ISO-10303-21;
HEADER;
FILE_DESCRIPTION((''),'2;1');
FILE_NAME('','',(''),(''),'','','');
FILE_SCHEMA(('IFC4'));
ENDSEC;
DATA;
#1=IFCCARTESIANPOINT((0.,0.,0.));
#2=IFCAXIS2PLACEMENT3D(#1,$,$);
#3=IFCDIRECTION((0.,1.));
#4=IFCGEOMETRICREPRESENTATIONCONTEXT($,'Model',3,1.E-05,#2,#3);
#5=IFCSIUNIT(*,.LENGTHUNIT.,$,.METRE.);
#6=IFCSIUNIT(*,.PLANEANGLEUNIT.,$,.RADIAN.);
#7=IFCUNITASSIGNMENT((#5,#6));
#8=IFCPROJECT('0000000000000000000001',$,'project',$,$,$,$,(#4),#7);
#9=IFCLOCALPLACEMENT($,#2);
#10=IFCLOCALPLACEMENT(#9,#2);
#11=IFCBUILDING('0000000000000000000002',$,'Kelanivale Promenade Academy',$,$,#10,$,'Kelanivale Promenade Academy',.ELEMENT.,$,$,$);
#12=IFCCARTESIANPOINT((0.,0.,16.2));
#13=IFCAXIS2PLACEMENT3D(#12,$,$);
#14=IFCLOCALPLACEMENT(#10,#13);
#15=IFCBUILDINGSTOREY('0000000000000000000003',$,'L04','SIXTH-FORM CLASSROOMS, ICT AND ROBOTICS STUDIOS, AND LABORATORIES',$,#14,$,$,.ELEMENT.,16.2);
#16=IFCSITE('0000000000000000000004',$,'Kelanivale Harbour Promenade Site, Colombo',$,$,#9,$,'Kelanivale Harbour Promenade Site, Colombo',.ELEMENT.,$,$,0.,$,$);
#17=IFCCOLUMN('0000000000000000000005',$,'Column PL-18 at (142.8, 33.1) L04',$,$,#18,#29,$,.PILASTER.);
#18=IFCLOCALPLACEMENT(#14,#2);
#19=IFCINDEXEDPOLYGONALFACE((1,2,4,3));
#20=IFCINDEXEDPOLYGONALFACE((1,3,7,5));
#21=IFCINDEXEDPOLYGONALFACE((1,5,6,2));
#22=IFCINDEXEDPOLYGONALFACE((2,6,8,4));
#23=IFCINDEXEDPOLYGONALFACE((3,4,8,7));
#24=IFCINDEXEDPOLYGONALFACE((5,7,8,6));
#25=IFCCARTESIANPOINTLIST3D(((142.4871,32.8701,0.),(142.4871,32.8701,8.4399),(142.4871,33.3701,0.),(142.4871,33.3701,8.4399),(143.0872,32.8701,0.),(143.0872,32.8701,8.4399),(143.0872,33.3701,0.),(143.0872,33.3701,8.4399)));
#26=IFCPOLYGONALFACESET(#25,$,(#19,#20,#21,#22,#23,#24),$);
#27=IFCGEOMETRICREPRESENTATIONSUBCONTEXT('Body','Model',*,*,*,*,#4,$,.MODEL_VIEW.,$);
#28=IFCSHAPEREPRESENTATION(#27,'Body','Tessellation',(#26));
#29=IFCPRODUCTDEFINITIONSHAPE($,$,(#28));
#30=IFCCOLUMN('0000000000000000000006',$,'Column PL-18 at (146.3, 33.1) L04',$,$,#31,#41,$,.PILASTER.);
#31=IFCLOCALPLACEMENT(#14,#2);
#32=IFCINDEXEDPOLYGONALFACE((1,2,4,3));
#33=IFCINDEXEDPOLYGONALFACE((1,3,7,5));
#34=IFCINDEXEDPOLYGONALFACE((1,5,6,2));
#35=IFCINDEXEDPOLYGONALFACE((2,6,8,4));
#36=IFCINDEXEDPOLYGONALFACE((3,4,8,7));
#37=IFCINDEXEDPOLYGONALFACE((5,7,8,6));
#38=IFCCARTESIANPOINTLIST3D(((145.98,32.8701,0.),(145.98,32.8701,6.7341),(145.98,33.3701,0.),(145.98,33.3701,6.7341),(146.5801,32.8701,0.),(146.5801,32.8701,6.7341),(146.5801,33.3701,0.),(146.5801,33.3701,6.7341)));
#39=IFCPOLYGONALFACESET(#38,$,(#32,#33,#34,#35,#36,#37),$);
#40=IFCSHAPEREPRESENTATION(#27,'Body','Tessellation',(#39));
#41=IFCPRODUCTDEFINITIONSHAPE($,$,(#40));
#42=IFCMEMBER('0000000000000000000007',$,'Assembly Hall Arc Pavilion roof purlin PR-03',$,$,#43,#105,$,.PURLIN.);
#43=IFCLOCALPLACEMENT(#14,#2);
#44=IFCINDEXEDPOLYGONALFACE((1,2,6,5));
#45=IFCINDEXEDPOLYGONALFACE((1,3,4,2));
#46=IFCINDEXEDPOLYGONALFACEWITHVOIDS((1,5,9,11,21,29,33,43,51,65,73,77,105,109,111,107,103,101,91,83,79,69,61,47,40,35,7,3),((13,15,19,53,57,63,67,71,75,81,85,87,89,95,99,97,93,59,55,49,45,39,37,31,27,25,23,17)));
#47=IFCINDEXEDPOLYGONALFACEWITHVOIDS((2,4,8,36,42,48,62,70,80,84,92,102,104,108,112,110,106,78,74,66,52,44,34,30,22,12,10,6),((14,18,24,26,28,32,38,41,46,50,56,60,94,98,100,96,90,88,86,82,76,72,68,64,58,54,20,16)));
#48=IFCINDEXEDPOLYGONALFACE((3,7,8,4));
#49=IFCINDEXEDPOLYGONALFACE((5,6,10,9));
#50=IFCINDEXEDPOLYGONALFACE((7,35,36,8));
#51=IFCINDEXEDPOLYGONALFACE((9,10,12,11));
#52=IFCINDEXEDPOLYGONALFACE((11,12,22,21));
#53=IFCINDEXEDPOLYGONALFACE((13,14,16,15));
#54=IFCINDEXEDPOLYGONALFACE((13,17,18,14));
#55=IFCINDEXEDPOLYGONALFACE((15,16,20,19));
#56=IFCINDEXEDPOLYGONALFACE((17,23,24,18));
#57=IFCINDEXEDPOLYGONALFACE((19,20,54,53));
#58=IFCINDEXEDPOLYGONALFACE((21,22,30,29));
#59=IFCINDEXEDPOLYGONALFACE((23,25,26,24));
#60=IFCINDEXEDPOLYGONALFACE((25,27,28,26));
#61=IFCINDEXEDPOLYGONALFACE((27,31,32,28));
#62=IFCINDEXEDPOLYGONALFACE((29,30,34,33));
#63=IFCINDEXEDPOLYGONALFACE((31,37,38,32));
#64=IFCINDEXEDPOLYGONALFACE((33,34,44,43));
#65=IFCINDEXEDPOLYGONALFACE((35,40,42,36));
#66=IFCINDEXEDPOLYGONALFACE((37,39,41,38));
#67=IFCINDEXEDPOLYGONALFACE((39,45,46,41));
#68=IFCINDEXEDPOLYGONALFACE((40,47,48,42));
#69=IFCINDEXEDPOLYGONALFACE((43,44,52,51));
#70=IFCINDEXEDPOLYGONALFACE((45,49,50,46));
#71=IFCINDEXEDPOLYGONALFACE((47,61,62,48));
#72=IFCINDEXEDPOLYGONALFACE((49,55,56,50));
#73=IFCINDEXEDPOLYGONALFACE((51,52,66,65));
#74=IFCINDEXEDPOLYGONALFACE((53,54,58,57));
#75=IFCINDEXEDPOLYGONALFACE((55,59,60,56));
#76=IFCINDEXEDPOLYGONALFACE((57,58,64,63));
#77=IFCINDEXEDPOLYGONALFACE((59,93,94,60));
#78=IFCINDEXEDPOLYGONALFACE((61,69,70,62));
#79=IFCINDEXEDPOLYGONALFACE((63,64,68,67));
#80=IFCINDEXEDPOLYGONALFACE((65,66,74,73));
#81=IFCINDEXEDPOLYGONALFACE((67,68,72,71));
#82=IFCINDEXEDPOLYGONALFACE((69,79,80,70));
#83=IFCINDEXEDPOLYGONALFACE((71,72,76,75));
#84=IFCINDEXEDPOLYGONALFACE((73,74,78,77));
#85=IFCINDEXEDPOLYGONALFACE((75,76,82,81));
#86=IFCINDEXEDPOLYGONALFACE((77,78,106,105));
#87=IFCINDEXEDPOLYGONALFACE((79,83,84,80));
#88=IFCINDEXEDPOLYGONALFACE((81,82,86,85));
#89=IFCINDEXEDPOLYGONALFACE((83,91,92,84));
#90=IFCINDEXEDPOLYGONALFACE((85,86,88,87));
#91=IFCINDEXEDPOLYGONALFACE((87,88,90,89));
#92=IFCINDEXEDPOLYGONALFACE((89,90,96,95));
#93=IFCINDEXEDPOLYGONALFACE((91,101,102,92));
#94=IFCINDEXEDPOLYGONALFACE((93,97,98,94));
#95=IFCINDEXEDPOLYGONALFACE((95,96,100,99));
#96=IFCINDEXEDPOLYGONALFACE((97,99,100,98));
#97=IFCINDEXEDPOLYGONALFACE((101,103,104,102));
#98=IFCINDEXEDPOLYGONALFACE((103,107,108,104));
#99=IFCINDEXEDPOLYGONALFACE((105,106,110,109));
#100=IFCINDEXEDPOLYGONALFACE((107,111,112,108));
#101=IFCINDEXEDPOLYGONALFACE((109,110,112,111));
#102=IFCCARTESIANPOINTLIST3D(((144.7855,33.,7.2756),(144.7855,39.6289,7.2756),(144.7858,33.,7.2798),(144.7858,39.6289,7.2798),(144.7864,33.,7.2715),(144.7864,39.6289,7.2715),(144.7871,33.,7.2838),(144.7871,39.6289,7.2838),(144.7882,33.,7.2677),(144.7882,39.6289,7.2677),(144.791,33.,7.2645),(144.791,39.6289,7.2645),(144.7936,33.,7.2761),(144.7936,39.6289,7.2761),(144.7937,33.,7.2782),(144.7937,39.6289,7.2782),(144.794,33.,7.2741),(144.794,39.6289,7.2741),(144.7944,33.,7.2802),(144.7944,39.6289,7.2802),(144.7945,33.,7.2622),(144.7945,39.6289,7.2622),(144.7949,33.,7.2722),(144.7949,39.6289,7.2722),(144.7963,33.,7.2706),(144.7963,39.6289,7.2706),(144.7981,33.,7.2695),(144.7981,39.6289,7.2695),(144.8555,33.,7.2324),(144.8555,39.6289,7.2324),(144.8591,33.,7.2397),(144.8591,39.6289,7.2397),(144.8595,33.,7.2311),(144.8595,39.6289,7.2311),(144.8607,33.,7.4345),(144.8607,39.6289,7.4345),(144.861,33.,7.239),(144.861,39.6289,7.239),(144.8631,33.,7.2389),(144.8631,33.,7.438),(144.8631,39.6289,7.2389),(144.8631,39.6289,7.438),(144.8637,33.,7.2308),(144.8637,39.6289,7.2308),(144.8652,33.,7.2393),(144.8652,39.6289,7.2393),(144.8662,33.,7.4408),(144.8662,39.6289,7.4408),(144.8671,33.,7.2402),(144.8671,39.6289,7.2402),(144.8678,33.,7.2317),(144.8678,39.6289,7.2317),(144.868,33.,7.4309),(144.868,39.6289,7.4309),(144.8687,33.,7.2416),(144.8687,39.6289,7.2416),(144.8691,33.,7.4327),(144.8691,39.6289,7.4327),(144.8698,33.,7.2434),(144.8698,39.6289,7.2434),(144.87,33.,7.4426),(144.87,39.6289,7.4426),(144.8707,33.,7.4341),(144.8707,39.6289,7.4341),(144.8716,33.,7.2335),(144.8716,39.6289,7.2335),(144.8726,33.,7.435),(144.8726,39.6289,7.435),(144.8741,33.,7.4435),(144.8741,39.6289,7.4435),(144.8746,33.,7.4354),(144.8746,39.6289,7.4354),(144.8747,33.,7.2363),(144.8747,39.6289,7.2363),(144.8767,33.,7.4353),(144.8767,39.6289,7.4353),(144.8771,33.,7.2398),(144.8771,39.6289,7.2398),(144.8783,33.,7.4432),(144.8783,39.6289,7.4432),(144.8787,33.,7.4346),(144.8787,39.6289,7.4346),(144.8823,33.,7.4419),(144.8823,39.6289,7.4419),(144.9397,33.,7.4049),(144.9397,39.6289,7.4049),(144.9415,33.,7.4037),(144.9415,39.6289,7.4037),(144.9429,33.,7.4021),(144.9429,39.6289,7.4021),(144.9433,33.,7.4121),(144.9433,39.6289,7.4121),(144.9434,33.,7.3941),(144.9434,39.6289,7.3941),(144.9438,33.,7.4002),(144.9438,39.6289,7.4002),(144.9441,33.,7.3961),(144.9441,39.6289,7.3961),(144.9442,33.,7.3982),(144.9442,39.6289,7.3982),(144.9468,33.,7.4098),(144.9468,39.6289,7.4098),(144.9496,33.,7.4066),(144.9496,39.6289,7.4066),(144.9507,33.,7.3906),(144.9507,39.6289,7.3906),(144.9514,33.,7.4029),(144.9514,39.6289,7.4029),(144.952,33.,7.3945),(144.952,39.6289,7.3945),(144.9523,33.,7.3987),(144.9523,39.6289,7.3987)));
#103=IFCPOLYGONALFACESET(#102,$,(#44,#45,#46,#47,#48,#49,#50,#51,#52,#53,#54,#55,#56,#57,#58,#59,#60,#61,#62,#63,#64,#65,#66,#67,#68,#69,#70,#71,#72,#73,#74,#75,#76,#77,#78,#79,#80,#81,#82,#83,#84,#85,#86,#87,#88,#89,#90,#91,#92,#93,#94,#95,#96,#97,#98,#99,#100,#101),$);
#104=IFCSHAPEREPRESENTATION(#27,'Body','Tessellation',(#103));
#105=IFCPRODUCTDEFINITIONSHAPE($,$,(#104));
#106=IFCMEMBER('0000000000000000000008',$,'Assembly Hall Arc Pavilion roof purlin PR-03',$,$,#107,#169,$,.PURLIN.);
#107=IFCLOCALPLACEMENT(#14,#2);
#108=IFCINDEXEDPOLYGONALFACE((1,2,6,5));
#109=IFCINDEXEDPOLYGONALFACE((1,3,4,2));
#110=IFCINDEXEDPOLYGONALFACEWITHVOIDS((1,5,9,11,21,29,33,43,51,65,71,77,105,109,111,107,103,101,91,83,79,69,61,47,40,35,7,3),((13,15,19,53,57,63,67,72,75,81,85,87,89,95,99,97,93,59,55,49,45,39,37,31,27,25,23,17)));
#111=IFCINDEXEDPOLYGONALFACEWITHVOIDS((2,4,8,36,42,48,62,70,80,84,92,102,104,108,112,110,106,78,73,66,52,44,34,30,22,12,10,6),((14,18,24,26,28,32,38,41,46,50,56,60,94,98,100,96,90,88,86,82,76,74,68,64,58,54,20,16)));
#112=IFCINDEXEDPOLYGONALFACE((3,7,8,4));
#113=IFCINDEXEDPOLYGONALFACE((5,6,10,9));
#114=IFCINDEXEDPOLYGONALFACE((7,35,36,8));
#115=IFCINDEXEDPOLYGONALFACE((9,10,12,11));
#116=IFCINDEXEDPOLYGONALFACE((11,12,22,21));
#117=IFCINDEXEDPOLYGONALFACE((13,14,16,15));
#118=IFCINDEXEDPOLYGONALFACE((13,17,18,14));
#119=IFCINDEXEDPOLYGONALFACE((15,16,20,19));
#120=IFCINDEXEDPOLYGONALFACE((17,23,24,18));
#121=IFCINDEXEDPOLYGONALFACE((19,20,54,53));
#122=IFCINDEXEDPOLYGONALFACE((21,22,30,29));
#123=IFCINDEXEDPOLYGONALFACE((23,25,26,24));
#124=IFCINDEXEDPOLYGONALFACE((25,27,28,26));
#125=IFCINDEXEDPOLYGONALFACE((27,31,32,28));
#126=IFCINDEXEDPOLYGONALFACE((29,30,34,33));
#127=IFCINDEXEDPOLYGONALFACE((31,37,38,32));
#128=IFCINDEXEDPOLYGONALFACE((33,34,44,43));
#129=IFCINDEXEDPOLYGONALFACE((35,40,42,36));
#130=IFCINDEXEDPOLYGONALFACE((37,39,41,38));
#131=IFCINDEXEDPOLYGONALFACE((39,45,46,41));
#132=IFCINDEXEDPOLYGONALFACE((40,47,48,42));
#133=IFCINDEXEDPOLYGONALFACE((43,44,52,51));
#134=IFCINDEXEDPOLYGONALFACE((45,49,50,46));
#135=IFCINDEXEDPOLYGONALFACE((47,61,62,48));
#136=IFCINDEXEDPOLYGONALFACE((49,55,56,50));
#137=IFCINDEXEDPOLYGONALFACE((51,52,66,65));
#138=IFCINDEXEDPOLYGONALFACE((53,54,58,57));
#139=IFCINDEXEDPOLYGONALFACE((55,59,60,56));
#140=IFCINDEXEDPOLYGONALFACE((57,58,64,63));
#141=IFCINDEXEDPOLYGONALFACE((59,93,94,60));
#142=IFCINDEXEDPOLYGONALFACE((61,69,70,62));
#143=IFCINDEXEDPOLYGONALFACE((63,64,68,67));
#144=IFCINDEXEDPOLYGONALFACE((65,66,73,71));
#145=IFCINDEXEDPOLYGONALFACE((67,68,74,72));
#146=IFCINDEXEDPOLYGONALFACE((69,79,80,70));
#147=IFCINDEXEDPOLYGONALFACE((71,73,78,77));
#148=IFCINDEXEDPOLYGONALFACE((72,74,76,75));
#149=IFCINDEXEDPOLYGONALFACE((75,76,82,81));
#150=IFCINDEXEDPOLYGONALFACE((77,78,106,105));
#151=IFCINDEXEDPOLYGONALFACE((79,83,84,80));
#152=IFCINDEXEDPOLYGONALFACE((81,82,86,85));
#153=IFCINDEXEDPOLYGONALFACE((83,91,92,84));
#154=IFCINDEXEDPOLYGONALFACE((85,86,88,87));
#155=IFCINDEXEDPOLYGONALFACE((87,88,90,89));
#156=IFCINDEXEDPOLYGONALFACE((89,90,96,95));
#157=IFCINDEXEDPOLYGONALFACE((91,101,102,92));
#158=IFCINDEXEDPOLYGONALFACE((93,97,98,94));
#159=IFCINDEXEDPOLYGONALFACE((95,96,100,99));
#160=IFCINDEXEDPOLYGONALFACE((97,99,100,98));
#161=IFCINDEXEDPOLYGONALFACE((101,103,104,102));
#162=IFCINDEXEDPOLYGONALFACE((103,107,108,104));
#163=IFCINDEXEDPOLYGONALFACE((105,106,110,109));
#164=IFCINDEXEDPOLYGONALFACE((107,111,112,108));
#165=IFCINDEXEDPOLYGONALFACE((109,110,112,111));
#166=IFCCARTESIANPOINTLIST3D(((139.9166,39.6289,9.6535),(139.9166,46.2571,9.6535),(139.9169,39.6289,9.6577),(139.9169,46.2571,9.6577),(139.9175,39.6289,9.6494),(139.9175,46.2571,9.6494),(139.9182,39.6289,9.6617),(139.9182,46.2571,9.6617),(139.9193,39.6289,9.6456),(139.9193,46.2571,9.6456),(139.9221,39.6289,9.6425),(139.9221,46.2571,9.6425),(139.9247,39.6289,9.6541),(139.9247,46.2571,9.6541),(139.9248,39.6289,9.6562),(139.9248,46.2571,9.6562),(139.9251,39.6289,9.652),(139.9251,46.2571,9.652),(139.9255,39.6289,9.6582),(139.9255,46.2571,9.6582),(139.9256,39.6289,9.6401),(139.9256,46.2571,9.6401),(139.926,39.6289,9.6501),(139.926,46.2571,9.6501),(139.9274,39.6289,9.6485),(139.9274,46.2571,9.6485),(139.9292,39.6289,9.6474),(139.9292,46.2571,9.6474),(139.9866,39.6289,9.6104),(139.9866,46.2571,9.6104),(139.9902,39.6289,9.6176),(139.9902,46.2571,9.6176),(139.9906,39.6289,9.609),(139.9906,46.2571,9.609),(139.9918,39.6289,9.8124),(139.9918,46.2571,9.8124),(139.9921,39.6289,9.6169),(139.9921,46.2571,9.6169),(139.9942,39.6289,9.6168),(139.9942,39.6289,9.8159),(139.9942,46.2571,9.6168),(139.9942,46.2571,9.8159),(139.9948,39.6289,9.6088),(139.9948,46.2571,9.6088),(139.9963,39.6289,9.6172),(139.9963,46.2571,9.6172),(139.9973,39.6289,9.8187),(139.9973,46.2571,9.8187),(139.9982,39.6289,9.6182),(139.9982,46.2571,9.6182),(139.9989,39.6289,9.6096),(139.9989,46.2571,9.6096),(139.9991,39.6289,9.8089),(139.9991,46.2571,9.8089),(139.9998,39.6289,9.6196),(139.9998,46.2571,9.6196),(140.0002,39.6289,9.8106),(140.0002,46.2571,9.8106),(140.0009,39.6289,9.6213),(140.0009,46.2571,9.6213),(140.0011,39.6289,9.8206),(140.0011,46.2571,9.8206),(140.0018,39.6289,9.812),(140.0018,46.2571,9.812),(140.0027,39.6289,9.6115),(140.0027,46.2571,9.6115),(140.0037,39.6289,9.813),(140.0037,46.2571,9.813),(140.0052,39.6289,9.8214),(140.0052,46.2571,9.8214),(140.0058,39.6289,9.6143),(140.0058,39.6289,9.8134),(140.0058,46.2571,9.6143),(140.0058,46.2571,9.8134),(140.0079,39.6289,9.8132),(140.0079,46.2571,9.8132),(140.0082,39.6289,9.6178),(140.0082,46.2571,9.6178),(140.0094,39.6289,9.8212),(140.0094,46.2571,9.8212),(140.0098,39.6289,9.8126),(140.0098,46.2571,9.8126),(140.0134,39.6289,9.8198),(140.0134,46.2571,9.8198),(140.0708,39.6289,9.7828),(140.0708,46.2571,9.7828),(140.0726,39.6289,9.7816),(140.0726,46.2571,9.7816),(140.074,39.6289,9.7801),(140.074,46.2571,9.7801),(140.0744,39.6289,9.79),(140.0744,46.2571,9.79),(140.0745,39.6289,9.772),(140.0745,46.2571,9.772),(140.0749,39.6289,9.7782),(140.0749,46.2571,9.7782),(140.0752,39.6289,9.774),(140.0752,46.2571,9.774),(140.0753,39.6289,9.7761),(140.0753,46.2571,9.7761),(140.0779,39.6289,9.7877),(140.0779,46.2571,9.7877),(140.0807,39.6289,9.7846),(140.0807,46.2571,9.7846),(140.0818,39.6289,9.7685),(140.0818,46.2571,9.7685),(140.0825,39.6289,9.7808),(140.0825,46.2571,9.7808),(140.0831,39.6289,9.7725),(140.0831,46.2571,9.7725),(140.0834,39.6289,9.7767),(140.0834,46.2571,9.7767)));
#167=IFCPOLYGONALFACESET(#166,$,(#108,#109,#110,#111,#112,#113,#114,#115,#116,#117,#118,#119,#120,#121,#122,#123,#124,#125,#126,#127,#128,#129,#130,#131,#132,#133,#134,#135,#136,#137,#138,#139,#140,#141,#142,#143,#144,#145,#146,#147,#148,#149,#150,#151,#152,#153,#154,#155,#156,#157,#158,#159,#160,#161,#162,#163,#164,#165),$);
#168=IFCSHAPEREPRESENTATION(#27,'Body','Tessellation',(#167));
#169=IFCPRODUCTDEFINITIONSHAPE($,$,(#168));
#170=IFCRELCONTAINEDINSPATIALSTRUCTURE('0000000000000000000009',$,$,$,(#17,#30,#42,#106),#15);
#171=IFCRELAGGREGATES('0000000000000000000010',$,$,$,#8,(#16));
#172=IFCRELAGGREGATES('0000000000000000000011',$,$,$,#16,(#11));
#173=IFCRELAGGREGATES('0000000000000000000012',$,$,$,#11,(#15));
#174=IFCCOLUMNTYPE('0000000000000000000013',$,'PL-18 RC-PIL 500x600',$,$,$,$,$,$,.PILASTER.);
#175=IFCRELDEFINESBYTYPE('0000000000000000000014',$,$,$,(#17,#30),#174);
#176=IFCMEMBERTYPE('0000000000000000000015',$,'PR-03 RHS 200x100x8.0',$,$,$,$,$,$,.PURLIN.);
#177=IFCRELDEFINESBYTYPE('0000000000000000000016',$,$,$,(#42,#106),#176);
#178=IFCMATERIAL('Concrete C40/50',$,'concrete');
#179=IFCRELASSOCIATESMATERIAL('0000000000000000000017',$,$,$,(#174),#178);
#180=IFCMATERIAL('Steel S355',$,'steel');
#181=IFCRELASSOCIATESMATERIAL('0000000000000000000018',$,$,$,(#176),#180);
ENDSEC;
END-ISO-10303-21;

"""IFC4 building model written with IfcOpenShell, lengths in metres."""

from ifc_helpers import new_model, si_unit, direction, frame, origin, origin_2d, place, context, subcontext, project, spatial, rectangle, hollow_rectangle, extrude, material, material_profile, profile_set, type_object, element, save


model = new_model("IFC4")

# Units and contexts
model_context = context("Model", 3, precision=1e-05, world=origin(), true_north=direction((0.0, 1.0)))
body_context = subcontext(model_context, "Body", "Model", "MODEL_VIEW")
ifc_project = project(units=[si_unit("LENGTHUNIT", "METRE"), si_unit("PLANEANGLEUNIT", "RADIAN")], contexts=[model_context])

# Site, building, storey
site_placement = place(None, origin())
site = spatial("IfcSite", under=ifc_project, at=site_placement, Name="Kelanivale Harbour Promenade Site, Colombo", LongName="Kelanivale Harbour Promenade Site, Colombo", CompositionType="ELEMENT", RefElevation=0.0)
building_placement = place(site_placement, origin())
building = spatial("IfcBuilding", under=site, at=building_placement, Name="Kelanivale Promenade Academy", LongName="Kelanivale Promenade Academy", CompositionType="ELEMENT")
storey_placement = place(building_placement, frame((0.0, 0.0, 16.2)))
storey = spatial("IfcBuildingStorey", under=building, at=storey_placement, Name="L04", Description="SIXTH-FORM CLASSROOMS, ICT AND ROBOTICS STUDIOS, AND LABORATORIES", CompositionType="ELEMENT", Elevation=16.2)

# Columns
ifc_material_1 = material(Name="Concrete C40/50", Category="concrete")
ifc_material_profile_1 = material_profile(ifc_material_1, rectangle(XDim=0.5, YDim=0.6001, at=origin_2d()), Name="RC-PIL 500x600")
ifc_profile_set_1 = profile_set([ifc_material_profile_1], Name="Concrete C40/50")
column_type = type_object("IfcColumnType", Name="PL-18 RC-PIL 500x600", PredefinedType="PILASTER", material=ifc_profile_set_1)
column_1_placement = place(storey_placement, frame((142.7871, 33.1201, 0.0), z_axis=(0.0, 0.0, 1.0), x_axis=(0.0, 1.0, 0.0)))
element("IfcColumn", 1, at=column_1_placement, inside=storey, type_object=column_type, Name="Column PL-18 at (142.8, 33.1) L04", PredefinedType="PILASTER", context=body_context, shape_type="SweptSolid", body=[
    extrude(rectangle(XDim=0.5, YDim=0.6001, at=origin_2d()), origin(), (0.0, 0.0, 1.0), 8.4399),
])
column_2_placement = place(storey_placement, frame((146.28, 33.1201, 0.0), z_axis=(0.0, 0.0, 1.0), x_axis=(0.0, 1.0, 0.0)))
element("IfcColumn", 2, at=column_2_placement, inside=storey, type_object=column_type, Name="Column PL-18 at (146.3, 33.1) L04", PredefinedType="PILASTER", context=body_context, shape_type="SweptSolid", body=[
    extrude(rectangle(XDim=0.5, YDim=0.6001, at=origin_2d()), origin(), (0.0, 0.0, 1.0), 6.7341),
])

# Members
ifc_material_2 = material(Name="Steel S355", Category="steel")
ifc_material_profile_2 = material_profile(ifc_material_2, hollow_rectangle(XDim=0.1001, YDim=0.2, WallThickness=0.0081, InnerFilletRadius=0.0081, OuterFilletRadius=0.0161, at=origin_2d()), Name="RHS 200x100x8.0")
ifc_profile_set_2 = profile_set([ifc_material_profile_2], Name="Steel S355")
member_type_1 = type_object("IfcMemberType", Name="PR-03 RHS 200x100x8.0", PredefinedType="PURLIN", material=ifc_profile_set_2)
member_1_placement = place(storey_placement, frame((144.8689, 33.0, 7.3372), z_axis=(0.0, 1.0, 0.0), x_axis=(-0.898564, 0.0, 0.438842)))
element("IfcMember", 3, at=member_1_placement, inside=storey, type_object=member_type_1, Name="Assembly Hall Arc Pavilion roof purlin PR-03", PredefinedType="PURLIN", context=body_context, shape_type="SweptSolid", body=[
    extrude(hollow_rectangle(XDim=0.1001, YDim=0.2, WallThickness=0.0081, InnerFilletRadius=0.0081, OuterFilletRadius=0.0161, at=origin_2d()), origin(), (0.0, 0.0, 1.0), 6.6289),
])
member_2_placement = place(storey_placement, frame((140.0, 39.6289, 9.7151), z_axis=(0.0, 1.0, 0.0), x_axis=(-0.898564, 0.0, 0.438842)))
element("IfcMember", 4, at=member_2_placement, inside=storey, type_object=member_type_1, Name="Assembly Hall Arc Pavilion roof purlin PR-03", PredefinedType="PURLIN", context=body_context, shape_type="SweptSolid", body=[
    extrude(hollow_rectangle(XDim=0.1001, YDim=0.2, WallThickness=0.0081, InnerFilletRadius=0.0081, OuterFilletRadius=0.0161, at=origin_2d()), origin(), (0.0, 0.0, 1.0), 6.6282),
])

save(model, "model.ifc")
